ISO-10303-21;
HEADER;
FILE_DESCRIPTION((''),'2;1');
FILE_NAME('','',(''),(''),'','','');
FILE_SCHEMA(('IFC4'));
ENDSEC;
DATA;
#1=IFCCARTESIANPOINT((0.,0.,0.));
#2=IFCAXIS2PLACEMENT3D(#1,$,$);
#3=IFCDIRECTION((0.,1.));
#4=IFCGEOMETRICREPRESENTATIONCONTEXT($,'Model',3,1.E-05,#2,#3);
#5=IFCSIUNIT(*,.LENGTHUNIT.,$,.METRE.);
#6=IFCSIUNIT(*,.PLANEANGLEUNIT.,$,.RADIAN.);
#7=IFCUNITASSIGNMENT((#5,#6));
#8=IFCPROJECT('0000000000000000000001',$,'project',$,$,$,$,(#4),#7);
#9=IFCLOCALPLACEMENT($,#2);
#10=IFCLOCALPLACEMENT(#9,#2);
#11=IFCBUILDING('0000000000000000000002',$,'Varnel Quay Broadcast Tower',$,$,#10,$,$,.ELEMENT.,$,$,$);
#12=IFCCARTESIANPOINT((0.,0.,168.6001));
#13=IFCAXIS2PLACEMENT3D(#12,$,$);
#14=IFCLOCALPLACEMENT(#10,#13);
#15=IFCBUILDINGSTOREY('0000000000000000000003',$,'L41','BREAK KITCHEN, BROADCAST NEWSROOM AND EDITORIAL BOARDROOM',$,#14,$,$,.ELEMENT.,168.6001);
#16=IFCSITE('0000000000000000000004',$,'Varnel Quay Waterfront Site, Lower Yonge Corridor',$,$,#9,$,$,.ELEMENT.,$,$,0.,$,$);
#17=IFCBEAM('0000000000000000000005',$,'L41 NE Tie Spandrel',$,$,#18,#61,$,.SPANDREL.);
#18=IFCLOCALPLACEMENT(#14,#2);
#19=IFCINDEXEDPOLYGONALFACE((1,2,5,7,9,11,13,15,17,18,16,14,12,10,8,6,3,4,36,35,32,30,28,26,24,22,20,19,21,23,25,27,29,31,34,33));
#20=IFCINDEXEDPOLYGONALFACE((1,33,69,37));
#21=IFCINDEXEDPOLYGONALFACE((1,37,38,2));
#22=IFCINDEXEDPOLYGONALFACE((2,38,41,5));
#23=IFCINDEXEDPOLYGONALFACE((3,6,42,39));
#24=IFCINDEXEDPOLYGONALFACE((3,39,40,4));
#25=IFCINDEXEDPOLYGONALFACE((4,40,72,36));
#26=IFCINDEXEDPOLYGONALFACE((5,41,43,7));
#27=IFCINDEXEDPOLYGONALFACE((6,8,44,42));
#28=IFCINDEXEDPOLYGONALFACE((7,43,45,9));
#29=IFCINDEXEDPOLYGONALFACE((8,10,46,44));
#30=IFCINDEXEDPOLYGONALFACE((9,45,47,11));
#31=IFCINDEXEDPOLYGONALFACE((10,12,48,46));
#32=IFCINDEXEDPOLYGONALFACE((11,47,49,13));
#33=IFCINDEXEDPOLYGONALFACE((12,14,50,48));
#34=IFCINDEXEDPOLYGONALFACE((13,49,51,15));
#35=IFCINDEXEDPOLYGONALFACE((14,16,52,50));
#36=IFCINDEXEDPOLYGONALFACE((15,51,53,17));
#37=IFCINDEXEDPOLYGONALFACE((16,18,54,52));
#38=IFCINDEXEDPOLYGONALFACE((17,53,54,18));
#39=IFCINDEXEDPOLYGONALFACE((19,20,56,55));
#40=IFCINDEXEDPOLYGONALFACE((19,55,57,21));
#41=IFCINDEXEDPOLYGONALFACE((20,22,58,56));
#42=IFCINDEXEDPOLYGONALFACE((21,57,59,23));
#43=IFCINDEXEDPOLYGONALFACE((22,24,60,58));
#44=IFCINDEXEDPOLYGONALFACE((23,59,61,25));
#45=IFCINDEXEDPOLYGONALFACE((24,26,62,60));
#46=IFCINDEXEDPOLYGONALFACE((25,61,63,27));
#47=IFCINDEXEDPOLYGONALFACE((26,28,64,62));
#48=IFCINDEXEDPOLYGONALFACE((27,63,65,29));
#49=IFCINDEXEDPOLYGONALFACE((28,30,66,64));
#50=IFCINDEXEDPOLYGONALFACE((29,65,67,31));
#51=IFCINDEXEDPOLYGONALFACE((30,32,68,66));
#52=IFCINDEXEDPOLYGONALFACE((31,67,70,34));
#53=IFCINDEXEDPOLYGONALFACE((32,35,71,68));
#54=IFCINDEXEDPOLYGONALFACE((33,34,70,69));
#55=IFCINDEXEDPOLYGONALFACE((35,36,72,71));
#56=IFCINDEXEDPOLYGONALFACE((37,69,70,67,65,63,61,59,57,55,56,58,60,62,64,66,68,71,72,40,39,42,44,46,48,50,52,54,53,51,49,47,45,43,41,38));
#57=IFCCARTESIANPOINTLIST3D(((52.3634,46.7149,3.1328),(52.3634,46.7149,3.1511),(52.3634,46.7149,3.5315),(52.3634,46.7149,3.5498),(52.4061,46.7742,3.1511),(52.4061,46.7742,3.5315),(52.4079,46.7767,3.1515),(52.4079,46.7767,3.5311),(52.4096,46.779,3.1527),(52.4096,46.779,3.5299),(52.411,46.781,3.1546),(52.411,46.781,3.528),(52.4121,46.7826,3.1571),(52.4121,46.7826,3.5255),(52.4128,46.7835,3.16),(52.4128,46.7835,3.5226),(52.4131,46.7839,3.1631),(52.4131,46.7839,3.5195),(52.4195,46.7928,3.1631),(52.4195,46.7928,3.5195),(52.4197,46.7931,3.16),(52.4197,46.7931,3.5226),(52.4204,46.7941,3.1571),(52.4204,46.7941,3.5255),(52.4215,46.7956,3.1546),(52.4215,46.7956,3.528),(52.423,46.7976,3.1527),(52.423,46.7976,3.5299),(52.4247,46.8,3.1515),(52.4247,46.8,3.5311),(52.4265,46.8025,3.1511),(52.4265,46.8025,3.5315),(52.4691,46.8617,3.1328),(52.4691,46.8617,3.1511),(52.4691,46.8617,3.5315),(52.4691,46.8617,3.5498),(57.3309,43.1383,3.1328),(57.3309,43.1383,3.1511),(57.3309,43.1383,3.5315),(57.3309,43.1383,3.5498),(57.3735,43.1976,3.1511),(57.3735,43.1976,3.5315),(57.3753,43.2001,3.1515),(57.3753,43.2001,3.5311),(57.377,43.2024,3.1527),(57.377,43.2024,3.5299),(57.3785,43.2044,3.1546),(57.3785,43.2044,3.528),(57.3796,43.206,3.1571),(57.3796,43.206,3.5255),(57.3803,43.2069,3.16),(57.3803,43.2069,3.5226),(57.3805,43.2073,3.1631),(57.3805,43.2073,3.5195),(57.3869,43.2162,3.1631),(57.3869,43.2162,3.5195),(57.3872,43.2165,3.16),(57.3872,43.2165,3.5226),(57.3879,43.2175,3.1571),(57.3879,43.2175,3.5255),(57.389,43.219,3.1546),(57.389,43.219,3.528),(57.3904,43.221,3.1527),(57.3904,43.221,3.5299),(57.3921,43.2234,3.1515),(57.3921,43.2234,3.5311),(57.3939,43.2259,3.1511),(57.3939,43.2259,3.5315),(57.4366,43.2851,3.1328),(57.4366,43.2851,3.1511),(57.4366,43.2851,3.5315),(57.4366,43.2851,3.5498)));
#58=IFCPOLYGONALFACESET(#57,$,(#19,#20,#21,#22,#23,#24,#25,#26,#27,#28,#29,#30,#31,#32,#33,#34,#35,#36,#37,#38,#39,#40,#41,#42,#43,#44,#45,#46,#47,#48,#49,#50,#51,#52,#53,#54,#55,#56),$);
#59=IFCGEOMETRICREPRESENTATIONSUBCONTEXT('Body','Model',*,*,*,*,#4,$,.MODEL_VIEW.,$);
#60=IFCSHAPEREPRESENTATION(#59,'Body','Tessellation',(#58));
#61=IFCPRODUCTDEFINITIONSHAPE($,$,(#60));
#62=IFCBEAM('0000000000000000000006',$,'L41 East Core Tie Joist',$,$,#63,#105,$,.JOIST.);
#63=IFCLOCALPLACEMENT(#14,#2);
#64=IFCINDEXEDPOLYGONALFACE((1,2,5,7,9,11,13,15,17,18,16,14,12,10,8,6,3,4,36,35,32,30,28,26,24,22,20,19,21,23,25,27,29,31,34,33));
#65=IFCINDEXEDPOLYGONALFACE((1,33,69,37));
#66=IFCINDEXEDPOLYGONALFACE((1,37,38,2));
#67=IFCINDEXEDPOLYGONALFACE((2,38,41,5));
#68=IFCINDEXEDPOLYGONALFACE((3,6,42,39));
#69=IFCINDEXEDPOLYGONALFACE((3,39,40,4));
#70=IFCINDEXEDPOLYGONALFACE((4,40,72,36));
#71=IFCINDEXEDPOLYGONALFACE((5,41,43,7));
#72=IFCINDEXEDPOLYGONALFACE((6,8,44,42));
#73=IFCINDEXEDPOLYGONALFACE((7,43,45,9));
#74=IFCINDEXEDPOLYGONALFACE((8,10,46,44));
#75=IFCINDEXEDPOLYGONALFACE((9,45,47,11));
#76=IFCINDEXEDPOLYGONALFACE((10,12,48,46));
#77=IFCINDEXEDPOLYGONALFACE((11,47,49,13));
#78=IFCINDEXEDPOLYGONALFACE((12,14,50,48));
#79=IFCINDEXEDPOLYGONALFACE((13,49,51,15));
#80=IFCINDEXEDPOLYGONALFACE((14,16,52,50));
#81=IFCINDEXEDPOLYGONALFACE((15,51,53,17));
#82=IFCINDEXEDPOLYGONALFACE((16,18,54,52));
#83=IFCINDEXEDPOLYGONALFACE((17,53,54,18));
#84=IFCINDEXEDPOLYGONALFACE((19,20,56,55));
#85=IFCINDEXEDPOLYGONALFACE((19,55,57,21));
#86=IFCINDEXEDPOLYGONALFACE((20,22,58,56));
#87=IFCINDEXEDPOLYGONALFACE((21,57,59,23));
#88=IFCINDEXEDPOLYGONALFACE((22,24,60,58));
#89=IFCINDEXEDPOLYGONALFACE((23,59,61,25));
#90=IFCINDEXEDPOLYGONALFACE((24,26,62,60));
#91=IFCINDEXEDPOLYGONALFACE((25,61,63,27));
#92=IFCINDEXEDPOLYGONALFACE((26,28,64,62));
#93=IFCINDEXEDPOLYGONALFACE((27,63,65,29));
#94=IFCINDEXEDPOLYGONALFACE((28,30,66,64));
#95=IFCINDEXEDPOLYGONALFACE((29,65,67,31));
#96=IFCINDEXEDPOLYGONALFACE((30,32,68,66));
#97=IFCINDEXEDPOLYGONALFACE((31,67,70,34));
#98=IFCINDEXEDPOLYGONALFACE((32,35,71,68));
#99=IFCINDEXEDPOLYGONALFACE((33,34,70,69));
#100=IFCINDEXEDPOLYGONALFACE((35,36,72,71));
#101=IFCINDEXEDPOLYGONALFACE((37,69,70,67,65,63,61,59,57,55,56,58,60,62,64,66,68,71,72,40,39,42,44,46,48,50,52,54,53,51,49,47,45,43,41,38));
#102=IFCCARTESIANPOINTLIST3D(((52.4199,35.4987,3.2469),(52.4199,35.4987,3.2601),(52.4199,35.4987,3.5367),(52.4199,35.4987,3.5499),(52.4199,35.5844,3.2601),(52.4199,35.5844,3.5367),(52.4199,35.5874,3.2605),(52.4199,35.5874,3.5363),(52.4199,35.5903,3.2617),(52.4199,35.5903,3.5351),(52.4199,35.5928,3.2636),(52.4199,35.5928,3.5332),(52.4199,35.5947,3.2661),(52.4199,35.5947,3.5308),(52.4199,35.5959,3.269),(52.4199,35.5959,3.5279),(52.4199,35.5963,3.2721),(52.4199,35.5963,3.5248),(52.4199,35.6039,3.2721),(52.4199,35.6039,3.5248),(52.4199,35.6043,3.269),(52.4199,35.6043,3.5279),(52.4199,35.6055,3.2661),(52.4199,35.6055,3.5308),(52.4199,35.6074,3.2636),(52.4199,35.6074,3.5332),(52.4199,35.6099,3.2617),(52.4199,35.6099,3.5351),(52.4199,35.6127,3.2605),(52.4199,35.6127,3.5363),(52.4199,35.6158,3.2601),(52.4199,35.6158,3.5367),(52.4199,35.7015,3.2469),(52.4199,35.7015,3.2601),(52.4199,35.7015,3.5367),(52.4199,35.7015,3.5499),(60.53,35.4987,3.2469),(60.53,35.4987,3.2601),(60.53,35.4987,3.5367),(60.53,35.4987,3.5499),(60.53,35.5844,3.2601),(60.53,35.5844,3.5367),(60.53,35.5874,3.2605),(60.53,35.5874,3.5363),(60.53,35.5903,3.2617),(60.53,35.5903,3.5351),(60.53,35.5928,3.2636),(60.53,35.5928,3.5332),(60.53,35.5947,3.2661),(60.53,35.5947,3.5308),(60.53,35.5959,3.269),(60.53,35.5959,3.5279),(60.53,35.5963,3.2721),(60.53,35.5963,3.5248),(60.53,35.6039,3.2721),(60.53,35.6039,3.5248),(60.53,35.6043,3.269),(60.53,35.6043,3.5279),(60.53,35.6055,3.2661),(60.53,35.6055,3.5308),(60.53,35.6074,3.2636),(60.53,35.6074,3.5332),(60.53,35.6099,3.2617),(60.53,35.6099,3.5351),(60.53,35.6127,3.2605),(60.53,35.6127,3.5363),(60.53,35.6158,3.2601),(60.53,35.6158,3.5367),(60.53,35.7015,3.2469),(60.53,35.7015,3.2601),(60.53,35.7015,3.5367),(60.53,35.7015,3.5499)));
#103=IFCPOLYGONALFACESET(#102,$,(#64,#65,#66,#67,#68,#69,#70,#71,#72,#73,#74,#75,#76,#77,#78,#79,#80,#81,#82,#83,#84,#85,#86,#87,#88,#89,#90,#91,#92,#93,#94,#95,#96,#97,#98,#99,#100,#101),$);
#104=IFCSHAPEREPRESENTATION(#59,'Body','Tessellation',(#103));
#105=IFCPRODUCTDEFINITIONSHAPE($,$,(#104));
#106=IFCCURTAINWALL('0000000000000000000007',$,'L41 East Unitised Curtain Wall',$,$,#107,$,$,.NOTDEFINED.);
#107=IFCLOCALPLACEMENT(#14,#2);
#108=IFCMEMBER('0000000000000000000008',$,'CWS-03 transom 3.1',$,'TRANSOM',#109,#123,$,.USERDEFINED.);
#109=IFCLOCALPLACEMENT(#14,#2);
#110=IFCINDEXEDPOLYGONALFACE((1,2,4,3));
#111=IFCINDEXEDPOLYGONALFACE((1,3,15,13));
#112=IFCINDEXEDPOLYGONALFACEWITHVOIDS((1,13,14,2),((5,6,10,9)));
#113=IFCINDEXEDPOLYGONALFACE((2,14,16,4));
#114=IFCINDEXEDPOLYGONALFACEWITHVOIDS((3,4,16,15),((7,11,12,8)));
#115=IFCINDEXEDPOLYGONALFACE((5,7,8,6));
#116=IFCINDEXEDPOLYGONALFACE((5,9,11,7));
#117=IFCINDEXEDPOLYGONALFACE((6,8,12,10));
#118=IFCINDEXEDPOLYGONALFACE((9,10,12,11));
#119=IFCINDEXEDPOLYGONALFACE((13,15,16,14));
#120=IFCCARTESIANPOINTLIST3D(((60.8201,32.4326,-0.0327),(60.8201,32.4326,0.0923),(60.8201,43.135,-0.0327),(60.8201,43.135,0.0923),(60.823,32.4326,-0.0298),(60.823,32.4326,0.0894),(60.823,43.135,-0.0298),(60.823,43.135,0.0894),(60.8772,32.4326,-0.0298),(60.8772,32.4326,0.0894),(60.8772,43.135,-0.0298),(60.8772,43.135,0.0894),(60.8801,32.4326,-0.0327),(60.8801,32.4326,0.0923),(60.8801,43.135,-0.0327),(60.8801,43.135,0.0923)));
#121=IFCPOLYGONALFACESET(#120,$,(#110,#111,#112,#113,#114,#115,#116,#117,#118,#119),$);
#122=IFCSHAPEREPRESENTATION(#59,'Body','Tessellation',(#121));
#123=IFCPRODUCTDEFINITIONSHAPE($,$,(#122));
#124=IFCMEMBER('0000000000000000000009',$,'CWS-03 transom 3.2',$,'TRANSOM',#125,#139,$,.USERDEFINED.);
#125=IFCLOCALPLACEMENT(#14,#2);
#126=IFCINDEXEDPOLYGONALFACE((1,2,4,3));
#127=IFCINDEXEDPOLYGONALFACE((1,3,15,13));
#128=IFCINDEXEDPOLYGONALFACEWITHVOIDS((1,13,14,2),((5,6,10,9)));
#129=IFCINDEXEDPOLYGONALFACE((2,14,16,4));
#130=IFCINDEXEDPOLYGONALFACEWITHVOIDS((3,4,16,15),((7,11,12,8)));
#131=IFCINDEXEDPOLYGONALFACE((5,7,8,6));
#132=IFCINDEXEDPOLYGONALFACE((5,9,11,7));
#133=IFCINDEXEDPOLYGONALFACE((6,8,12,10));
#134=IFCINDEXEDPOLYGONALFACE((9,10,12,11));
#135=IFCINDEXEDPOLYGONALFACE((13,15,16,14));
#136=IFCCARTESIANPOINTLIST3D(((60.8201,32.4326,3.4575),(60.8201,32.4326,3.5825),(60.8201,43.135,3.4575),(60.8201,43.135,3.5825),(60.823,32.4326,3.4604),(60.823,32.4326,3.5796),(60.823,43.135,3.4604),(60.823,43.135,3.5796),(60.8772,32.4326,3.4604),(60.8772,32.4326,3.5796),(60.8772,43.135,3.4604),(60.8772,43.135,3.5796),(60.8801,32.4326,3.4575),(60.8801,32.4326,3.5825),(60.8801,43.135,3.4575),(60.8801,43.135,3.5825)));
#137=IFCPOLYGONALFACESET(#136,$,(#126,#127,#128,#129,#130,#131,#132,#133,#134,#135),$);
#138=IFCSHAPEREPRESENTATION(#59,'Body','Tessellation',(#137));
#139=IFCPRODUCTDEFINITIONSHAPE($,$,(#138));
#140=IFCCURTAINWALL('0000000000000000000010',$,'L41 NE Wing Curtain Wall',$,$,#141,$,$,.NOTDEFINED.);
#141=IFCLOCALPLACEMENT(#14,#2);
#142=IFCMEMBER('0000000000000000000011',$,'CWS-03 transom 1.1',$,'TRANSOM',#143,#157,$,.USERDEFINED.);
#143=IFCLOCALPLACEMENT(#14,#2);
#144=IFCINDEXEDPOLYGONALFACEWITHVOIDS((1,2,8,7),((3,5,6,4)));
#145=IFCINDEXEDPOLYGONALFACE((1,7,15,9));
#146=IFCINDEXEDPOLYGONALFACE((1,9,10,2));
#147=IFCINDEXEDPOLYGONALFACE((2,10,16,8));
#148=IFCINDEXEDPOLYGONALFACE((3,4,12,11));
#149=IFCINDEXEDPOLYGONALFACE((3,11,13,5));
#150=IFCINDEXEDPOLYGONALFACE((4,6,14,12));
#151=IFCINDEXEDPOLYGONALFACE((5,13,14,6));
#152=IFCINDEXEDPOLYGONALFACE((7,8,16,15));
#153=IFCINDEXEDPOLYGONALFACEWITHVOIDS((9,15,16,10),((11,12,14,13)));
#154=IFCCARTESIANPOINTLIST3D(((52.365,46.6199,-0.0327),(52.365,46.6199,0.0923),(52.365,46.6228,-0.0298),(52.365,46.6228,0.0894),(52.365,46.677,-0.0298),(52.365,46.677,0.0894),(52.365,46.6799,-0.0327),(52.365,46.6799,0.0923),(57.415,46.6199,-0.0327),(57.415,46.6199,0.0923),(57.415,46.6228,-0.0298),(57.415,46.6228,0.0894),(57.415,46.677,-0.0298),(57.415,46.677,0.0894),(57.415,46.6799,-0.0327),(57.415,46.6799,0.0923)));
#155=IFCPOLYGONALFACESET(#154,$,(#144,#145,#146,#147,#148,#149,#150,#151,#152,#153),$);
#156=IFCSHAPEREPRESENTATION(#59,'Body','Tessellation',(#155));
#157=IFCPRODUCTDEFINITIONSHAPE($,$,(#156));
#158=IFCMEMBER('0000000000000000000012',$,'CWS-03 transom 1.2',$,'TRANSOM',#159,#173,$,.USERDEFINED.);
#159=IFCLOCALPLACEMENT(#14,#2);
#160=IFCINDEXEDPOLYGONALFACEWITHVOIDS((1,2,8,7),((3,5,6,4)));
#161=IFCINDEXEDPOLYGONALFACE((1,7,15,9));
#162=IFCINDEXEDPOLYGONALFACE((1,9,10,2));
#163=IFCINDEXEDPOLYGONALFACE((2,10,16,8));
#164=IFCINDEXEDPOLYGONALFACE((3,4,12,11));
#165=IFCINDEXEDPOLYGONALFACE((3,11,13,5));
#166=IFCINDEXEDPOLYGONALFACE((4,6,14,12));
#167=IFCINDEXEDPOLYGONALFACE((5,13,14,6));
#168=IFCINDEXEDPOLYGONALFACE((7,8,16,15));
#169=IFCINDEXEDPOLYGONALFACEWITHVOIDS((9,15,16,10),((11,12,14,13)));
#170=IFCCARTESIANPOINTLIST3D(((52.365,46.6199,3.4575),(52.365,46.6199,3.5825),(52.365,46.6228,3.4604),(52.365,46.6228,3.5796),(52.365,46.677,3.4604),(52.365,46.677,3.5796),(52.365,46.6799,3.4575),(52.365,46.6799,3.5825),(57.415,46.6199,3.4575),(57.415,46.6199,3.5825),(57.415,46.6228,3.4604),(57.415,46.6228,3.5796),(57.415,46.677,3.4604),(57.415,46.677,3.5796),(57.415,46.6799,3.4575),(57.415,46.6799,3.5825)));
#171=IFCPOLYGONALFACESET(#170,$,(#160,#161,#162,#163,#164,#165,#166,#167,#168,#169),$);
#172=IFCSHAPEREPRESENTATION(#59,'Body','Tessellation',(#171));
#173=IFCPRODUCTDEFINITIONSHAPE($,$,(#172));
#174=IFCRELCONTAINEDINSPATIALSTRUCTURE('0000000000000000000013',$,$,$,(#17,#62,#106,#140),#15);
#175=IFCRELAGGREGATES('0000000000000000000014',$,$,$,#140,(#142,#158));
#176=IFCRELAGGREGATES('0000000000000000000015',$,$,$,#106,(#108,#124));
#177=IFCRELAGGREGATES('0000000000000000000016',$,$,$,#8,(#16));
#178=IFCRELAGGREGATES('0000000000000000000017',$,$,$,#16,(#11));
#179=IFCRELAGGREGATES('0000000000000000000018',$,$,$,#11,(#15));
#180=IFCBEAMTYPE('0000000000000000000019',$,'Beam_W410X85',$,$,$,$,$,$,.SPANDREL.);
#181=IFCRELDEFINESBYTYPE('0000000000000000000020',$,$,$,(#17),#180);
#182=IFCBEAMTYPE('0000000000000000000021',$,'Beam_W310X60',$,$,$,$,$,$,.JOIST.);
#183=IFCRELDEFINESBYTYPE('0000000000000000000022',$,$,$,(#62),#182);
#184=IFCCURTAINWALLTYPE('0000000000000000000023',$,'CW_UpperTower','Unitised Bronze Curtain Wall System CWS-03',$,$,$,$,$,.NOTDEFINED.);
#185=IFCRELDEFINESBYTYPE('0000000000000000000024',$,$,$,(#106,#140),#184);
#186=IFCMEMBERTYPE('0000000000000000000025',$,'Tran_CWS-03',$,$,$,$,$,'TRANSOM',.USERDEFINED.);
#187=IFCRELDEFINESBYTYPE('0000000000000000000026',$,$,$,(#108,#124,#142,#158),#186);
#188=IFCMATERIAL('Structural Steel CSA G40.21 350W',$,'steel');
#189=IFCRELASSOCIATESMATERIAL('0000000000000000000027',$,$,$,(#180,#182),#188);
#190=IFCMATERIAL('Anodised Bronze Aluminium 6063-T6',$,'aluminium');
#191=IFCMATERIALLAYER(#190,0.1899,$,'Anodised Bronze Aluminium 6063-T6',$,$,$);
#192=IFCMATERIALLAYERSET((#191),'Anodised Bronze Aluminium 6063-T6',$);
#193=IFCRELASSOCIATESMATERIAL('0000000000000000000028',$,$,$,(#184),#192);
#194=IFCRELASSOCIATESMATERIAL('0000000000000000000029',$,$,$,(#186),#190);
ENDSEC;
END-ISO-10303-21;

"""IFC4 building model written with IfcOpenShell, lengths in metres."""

from ifc_helpers import new_model, si_unit, direction, frame, origin, origin_2d, place, context, subcontext, project, spatial, hollow_rectangle, i_section, extrude, source, transform, mapped, material, layer, layer_set, material_profile, profile_set, type_object, type_shapes, element, aggregate, save


model = new_model("IFC4")

# Units and contexts
model_context = context("Model", 3, precision=1e-05, world=origin(), true_north=direction((0.0, 1.0)))
body_context = subcontext(model_context, "Body", "Model", "MODEL_VIEW")
ifc_project = project(units=[si_unit("LENGTHUNIT", "METRE"), si_unit("PLANEANGLEUNIT", "RADIAN")], contexts=[model_context])

# Site, building, storey
site_placement = place(None, origin())
site = spatial("IfcSite", under=ifc_project, at=site_placement, Name="Varnel Quay Waterfront Site, Lower Yonge Corridor", CompositionType="ELEMENT", RefElevation=0.0)
building_placement = place(site_placement, origin())
building = spatial("IfcBuilding", under=site, at=building_placement, Name="Varnel Quay Broadcast Tower", CompositionType="ELEMENT")
storey_placement = place(building_placement, frame((0.0, 0.0, 168.6001)))
storey = spatial("IfcBuildingStorey", under=building, at=storey_placement, Name="L41", Description="BREAK KITCHEN, BROADCAST NEWSROOM AND EDITORIAL BOARDROOM", CompositionType="ELEMENT", Elevation=168.6001)

# Shared definitions
ifc_material_1 = material(Name="Structural Steel CSA G40.21 350W", Category="steel")

# Beams
ifc_material_profile_1 = material_profile(ifc_material_1, i_section(OverallWidth=0.1809, OverallDepth=0.417, WebThickness=0.011, FlangeThickness=0.0183, FilletRadius=0.012, at=origin_2d()), Name="W410X85")
ifc_profile_set_1 = profile_set([ifc_material_profile_1], Name="Structural Steel CSA G40.21 350W")
beam_type_1 = type_object("IfcBeamType", Name="Beam_W410X85", PredefinedType="SPANDREL", material=ifc_profile_set_1)
shared_shape_1 = source(origin(), body_context, "Body", "SweptSolid", [
    extrude(i_section(OverallWidth=0.1809, OverallDepth=0.417, WebThickness=0.011, FlangeThickness=0.0183, FilletRadius=0.012, at=origin_2d()), origin(), (0.0, 0.0, 1.0), 6.1211),
])
beam_1_placement = place(storey_placement, frame((52.4163, 46.7883, 3.3413), z_axis=(0.811531, -0.584309, 0.0), x_axis=(0.584309, 0.811531, 0.0)))
element("IfcBeam", 1, at=beam_1_placement, inside=storey, type_object=beam_type_1, Name="L41 NE Tie Spandrel", PredefinedType="SPANDREL", context=body_context, shape_type="MappedRepresentation", body=[
    mapped(shared_shape_1, transform((0.0, 0.0, 0.0), x_axis=(1.0, 0.0, 0.0), y_axis=(0.0, 1.0, 0.0), z_axis=(0.0, 0.0, 1.0), scale=1.0)),
])
ifc_material_profile_2 = material_profile(ifc_material_1, i_section(OverallWidth=0.2029, OverallDepth=0.303, WebThickness=0.0076, FlangeThickness=0.0132, FilletRadius=0.012, at=origin_2d()), Name="W310X60")
ifc_profile_set_2 = profile_set([ifc_material_profile_2], Name="Structural Steel CSA G40.21 350W")
beam_type_2 = type_object("IfcBeamType", Name="Beam_W310X60", PredefinedType="JOIST", material=ifc_profile_set_2)
shared_shape_2 = source(origin(), body_context, "Body", "SweptSolid", [
    extrude(i_section(OverallWidth=0.2029, OverallDepth=0.303, WebThickness=0.0076, FlangeThickness=0.0132, FilletRadius=0.012, at=origin_2d()), origin(), (0.0, 0.0, 1.0), 8.1101),
])
type_shapes(beam_type_2, [shared_shape_2])
beam_2_placement = place(storey_placement, frame((52.4199, 35.6001, 3.3984), z_axis=(1.0, 0.0, 0.0), x_axis=(0.0, 1.0, 0.0)))
element("IfcBeam", 2, at=beam_2_placement, inside=storey, type_object=beam_type_2, Name="L41 East Core Tie Joist", PredefinedType="JOIST", context=body_context, shape_type="MappedRepresentation", body=[
    mapped(shared_shape_2, transform((0.0, 0.0, 0.0), x_axis=(1.0, 0.0, 0.0), y_axis=(0.0, 1.0, 0.0), z_axis=(0.0, 0.0, 1.0), scale=1.0)),
])

# Curtain walls, members
ifc_material_2 = material(Name="Anodised Bronze Aluminium 6063-T6", Category="aluminium")
ifc_layer_1 = layer(ifc_material_2, 0.1899, Name="Anodised Bronze Aluminium 6063-T6")
ifc_layer_set_1 = layer_set([ifc_layer_1], Name="Anodised Bronze Aluminium 6063-T6")
curtain_wall_type = type_object("IfcCurtainWallType", Name="CW_UpperTower", Description="Unitised Bronze Curtain Wall System CWS-03", PredefinedType="NOTDEFINED", material=ifc_layer_set_1)
curtain_wall_1_placement = place(storey_placement, origin())
curtain_wall_1 = element("IfcCurtainWall", 3, at=curtain_wall_1_placement, inside=storey, type_object=curtain_wall_type, Name="L41 East Unitised Curtain Wall", PredefinedType="NOTDEFINED")
ifc_material_profile_3 = material_profile(ifc_material_2, hollow_rectangle(XDim=0.0601, YDim=0.125, WallThickness=0.0029, at=origin_2d()), Name="ALU60X125X3")
ifc_profile_set_3 = profile_set([ifc_material_profile_3], Name="Anodised Bronze Aluminium 6063-T6")
member_type_1 = type_object("IfcMemberType", Name="Tran_CWS-03", ElementType="TRANSOM", PredefinedType="USERDEFINED", material=ifc_profile_set_3)
shared_shape_3 = source(origin(), body_context, "Body", "SweptSolid", [
    extrude(hollow_rectangle(XDim=0.0601, YDim=0.125, WallThickness=0.0029, at=origin_2d()), origin(), (0.0, 0.0, 1.0), 10.7024),
])
member_1_placement = place(storey_placement, frame((60.8501, 32.4326, 0.0298), z_axis=(0.0, 1.0, 0.0), x_axis=(-1.0, 0.0, 0.0)))
member_1 = element("IfcMember", 4, at=member_1_placement, type_object=member_type_1, Name="CWS-03 transom 3.1", ObjectType="TRANSOM", PredefinedType="USERDEFINED", context=body_context, shape_type="MappedRepresentation", body=[
    mapped(shared_shape_3, transform((0.0, 0.0, 0.0), x_axis=(1.0, 0.0, 0.0), y_axis=(0.0, 1.0, 0.0), z_axis=(0.0, 0.0, 1.0), scale=1.0)),
])
member_2_placement = place(storey_placement, frame((60.8501, 32.4326, 3.52), z_axis=(0.0, 1.0, 0.0), x_axis=(-1.0, 0.0, 0.0)))
member_2 = element("IfcMember", 5, at=member_2_placement, type_object=member_type_1, Name="CWS-03 transom 3.2", ObjectType="TRANSOM", PredefinedType="USERDEFINED", context=body_context, shape_type="MappedRepresentation", body=[
    mapped(shared_shape_3, transform((0.0, 0.0, 0.0), x_axis=(1.0, 0.0, 0.0), y_axis=(0.0, 1.0, 0.0), z_axis=(0.0, 0.0, 1.0), scale=1.0)),
])
curtain_wall_2_placement = place(storey_placement, origin())
curtain_wall_2 = element("IfcCurtainWall", 6, at=curtain_wall_2_placement, inside=storey, type_object=curtain_wall_type, Name="L41 NE Wing Curtain Wall", PredefinedType="NOTDEFINED")
shared_shape_4 = source(origin(), body_context, "Body", "SweptSolid", [
    extrude(hollow_rectangle(XDim=0.0601, YDim=0.125, WallThickness=0.0029, at=origin_2d()), origin(), (0.0, 0.0, 1.0), 5.05),
])
type_shapes(member_type_1, [shared_shape_3, shared_shape_4])
member_3_placement = place(storey_placement, frame((52.365, 46.6499, 0.0298), z_axis=(1.0, 0.0, 0.0), x_axis=(0.0, 1.0, 0.0)))
member_3 = element("IfcMember", 7, at=member_3_placement, type_object=member_type_1, Name="CWS-03 transom 1.1", ObjectType="TRANSOM", PredefinedType="USERDEFINED", context=body_context, shape_type="MappedRepresentation", body=[
    mapped(shared_shape_4, transform((0.0, 0.0, 0.0), x_axis=(1.0, 0.0, 0.0), y_axis=(0.0, 1.0, 0.0), z_axis=(0.0, 0.0, 1.0), scale=1.0)),
])
member_4_placement = place(storey_placement, frame((52.365, 46.6499, 3.52), z_axis=(1.0, 0.0, 0.0), x_axis=(0.0, 1.0, 0.0)))
member_4 = element("IfcMember", 8, at=member_4_placement, type_object=member_type_1, Name="CWS-03 transom 1.2", ObjectType="TRANSOM", PredefinedType="USERDEFINED", context=body_context, shape_type="MappedRepresentation", body=[
    mapped(shared_shape_4, transform((0.0, 0.0, 0.0), x_axis=(1.0, 0.0, 0.0), y_axis=(0.0, 1.0, 0.0), z_axis=(0.0, 0.0, 1.0), scale=1.0)),
])

aggregate(curtain_wall_2, [member_3, member_4])
aggregate(curtain_wall_1, [member_1, member_2])

save(model, "model.ifc")
